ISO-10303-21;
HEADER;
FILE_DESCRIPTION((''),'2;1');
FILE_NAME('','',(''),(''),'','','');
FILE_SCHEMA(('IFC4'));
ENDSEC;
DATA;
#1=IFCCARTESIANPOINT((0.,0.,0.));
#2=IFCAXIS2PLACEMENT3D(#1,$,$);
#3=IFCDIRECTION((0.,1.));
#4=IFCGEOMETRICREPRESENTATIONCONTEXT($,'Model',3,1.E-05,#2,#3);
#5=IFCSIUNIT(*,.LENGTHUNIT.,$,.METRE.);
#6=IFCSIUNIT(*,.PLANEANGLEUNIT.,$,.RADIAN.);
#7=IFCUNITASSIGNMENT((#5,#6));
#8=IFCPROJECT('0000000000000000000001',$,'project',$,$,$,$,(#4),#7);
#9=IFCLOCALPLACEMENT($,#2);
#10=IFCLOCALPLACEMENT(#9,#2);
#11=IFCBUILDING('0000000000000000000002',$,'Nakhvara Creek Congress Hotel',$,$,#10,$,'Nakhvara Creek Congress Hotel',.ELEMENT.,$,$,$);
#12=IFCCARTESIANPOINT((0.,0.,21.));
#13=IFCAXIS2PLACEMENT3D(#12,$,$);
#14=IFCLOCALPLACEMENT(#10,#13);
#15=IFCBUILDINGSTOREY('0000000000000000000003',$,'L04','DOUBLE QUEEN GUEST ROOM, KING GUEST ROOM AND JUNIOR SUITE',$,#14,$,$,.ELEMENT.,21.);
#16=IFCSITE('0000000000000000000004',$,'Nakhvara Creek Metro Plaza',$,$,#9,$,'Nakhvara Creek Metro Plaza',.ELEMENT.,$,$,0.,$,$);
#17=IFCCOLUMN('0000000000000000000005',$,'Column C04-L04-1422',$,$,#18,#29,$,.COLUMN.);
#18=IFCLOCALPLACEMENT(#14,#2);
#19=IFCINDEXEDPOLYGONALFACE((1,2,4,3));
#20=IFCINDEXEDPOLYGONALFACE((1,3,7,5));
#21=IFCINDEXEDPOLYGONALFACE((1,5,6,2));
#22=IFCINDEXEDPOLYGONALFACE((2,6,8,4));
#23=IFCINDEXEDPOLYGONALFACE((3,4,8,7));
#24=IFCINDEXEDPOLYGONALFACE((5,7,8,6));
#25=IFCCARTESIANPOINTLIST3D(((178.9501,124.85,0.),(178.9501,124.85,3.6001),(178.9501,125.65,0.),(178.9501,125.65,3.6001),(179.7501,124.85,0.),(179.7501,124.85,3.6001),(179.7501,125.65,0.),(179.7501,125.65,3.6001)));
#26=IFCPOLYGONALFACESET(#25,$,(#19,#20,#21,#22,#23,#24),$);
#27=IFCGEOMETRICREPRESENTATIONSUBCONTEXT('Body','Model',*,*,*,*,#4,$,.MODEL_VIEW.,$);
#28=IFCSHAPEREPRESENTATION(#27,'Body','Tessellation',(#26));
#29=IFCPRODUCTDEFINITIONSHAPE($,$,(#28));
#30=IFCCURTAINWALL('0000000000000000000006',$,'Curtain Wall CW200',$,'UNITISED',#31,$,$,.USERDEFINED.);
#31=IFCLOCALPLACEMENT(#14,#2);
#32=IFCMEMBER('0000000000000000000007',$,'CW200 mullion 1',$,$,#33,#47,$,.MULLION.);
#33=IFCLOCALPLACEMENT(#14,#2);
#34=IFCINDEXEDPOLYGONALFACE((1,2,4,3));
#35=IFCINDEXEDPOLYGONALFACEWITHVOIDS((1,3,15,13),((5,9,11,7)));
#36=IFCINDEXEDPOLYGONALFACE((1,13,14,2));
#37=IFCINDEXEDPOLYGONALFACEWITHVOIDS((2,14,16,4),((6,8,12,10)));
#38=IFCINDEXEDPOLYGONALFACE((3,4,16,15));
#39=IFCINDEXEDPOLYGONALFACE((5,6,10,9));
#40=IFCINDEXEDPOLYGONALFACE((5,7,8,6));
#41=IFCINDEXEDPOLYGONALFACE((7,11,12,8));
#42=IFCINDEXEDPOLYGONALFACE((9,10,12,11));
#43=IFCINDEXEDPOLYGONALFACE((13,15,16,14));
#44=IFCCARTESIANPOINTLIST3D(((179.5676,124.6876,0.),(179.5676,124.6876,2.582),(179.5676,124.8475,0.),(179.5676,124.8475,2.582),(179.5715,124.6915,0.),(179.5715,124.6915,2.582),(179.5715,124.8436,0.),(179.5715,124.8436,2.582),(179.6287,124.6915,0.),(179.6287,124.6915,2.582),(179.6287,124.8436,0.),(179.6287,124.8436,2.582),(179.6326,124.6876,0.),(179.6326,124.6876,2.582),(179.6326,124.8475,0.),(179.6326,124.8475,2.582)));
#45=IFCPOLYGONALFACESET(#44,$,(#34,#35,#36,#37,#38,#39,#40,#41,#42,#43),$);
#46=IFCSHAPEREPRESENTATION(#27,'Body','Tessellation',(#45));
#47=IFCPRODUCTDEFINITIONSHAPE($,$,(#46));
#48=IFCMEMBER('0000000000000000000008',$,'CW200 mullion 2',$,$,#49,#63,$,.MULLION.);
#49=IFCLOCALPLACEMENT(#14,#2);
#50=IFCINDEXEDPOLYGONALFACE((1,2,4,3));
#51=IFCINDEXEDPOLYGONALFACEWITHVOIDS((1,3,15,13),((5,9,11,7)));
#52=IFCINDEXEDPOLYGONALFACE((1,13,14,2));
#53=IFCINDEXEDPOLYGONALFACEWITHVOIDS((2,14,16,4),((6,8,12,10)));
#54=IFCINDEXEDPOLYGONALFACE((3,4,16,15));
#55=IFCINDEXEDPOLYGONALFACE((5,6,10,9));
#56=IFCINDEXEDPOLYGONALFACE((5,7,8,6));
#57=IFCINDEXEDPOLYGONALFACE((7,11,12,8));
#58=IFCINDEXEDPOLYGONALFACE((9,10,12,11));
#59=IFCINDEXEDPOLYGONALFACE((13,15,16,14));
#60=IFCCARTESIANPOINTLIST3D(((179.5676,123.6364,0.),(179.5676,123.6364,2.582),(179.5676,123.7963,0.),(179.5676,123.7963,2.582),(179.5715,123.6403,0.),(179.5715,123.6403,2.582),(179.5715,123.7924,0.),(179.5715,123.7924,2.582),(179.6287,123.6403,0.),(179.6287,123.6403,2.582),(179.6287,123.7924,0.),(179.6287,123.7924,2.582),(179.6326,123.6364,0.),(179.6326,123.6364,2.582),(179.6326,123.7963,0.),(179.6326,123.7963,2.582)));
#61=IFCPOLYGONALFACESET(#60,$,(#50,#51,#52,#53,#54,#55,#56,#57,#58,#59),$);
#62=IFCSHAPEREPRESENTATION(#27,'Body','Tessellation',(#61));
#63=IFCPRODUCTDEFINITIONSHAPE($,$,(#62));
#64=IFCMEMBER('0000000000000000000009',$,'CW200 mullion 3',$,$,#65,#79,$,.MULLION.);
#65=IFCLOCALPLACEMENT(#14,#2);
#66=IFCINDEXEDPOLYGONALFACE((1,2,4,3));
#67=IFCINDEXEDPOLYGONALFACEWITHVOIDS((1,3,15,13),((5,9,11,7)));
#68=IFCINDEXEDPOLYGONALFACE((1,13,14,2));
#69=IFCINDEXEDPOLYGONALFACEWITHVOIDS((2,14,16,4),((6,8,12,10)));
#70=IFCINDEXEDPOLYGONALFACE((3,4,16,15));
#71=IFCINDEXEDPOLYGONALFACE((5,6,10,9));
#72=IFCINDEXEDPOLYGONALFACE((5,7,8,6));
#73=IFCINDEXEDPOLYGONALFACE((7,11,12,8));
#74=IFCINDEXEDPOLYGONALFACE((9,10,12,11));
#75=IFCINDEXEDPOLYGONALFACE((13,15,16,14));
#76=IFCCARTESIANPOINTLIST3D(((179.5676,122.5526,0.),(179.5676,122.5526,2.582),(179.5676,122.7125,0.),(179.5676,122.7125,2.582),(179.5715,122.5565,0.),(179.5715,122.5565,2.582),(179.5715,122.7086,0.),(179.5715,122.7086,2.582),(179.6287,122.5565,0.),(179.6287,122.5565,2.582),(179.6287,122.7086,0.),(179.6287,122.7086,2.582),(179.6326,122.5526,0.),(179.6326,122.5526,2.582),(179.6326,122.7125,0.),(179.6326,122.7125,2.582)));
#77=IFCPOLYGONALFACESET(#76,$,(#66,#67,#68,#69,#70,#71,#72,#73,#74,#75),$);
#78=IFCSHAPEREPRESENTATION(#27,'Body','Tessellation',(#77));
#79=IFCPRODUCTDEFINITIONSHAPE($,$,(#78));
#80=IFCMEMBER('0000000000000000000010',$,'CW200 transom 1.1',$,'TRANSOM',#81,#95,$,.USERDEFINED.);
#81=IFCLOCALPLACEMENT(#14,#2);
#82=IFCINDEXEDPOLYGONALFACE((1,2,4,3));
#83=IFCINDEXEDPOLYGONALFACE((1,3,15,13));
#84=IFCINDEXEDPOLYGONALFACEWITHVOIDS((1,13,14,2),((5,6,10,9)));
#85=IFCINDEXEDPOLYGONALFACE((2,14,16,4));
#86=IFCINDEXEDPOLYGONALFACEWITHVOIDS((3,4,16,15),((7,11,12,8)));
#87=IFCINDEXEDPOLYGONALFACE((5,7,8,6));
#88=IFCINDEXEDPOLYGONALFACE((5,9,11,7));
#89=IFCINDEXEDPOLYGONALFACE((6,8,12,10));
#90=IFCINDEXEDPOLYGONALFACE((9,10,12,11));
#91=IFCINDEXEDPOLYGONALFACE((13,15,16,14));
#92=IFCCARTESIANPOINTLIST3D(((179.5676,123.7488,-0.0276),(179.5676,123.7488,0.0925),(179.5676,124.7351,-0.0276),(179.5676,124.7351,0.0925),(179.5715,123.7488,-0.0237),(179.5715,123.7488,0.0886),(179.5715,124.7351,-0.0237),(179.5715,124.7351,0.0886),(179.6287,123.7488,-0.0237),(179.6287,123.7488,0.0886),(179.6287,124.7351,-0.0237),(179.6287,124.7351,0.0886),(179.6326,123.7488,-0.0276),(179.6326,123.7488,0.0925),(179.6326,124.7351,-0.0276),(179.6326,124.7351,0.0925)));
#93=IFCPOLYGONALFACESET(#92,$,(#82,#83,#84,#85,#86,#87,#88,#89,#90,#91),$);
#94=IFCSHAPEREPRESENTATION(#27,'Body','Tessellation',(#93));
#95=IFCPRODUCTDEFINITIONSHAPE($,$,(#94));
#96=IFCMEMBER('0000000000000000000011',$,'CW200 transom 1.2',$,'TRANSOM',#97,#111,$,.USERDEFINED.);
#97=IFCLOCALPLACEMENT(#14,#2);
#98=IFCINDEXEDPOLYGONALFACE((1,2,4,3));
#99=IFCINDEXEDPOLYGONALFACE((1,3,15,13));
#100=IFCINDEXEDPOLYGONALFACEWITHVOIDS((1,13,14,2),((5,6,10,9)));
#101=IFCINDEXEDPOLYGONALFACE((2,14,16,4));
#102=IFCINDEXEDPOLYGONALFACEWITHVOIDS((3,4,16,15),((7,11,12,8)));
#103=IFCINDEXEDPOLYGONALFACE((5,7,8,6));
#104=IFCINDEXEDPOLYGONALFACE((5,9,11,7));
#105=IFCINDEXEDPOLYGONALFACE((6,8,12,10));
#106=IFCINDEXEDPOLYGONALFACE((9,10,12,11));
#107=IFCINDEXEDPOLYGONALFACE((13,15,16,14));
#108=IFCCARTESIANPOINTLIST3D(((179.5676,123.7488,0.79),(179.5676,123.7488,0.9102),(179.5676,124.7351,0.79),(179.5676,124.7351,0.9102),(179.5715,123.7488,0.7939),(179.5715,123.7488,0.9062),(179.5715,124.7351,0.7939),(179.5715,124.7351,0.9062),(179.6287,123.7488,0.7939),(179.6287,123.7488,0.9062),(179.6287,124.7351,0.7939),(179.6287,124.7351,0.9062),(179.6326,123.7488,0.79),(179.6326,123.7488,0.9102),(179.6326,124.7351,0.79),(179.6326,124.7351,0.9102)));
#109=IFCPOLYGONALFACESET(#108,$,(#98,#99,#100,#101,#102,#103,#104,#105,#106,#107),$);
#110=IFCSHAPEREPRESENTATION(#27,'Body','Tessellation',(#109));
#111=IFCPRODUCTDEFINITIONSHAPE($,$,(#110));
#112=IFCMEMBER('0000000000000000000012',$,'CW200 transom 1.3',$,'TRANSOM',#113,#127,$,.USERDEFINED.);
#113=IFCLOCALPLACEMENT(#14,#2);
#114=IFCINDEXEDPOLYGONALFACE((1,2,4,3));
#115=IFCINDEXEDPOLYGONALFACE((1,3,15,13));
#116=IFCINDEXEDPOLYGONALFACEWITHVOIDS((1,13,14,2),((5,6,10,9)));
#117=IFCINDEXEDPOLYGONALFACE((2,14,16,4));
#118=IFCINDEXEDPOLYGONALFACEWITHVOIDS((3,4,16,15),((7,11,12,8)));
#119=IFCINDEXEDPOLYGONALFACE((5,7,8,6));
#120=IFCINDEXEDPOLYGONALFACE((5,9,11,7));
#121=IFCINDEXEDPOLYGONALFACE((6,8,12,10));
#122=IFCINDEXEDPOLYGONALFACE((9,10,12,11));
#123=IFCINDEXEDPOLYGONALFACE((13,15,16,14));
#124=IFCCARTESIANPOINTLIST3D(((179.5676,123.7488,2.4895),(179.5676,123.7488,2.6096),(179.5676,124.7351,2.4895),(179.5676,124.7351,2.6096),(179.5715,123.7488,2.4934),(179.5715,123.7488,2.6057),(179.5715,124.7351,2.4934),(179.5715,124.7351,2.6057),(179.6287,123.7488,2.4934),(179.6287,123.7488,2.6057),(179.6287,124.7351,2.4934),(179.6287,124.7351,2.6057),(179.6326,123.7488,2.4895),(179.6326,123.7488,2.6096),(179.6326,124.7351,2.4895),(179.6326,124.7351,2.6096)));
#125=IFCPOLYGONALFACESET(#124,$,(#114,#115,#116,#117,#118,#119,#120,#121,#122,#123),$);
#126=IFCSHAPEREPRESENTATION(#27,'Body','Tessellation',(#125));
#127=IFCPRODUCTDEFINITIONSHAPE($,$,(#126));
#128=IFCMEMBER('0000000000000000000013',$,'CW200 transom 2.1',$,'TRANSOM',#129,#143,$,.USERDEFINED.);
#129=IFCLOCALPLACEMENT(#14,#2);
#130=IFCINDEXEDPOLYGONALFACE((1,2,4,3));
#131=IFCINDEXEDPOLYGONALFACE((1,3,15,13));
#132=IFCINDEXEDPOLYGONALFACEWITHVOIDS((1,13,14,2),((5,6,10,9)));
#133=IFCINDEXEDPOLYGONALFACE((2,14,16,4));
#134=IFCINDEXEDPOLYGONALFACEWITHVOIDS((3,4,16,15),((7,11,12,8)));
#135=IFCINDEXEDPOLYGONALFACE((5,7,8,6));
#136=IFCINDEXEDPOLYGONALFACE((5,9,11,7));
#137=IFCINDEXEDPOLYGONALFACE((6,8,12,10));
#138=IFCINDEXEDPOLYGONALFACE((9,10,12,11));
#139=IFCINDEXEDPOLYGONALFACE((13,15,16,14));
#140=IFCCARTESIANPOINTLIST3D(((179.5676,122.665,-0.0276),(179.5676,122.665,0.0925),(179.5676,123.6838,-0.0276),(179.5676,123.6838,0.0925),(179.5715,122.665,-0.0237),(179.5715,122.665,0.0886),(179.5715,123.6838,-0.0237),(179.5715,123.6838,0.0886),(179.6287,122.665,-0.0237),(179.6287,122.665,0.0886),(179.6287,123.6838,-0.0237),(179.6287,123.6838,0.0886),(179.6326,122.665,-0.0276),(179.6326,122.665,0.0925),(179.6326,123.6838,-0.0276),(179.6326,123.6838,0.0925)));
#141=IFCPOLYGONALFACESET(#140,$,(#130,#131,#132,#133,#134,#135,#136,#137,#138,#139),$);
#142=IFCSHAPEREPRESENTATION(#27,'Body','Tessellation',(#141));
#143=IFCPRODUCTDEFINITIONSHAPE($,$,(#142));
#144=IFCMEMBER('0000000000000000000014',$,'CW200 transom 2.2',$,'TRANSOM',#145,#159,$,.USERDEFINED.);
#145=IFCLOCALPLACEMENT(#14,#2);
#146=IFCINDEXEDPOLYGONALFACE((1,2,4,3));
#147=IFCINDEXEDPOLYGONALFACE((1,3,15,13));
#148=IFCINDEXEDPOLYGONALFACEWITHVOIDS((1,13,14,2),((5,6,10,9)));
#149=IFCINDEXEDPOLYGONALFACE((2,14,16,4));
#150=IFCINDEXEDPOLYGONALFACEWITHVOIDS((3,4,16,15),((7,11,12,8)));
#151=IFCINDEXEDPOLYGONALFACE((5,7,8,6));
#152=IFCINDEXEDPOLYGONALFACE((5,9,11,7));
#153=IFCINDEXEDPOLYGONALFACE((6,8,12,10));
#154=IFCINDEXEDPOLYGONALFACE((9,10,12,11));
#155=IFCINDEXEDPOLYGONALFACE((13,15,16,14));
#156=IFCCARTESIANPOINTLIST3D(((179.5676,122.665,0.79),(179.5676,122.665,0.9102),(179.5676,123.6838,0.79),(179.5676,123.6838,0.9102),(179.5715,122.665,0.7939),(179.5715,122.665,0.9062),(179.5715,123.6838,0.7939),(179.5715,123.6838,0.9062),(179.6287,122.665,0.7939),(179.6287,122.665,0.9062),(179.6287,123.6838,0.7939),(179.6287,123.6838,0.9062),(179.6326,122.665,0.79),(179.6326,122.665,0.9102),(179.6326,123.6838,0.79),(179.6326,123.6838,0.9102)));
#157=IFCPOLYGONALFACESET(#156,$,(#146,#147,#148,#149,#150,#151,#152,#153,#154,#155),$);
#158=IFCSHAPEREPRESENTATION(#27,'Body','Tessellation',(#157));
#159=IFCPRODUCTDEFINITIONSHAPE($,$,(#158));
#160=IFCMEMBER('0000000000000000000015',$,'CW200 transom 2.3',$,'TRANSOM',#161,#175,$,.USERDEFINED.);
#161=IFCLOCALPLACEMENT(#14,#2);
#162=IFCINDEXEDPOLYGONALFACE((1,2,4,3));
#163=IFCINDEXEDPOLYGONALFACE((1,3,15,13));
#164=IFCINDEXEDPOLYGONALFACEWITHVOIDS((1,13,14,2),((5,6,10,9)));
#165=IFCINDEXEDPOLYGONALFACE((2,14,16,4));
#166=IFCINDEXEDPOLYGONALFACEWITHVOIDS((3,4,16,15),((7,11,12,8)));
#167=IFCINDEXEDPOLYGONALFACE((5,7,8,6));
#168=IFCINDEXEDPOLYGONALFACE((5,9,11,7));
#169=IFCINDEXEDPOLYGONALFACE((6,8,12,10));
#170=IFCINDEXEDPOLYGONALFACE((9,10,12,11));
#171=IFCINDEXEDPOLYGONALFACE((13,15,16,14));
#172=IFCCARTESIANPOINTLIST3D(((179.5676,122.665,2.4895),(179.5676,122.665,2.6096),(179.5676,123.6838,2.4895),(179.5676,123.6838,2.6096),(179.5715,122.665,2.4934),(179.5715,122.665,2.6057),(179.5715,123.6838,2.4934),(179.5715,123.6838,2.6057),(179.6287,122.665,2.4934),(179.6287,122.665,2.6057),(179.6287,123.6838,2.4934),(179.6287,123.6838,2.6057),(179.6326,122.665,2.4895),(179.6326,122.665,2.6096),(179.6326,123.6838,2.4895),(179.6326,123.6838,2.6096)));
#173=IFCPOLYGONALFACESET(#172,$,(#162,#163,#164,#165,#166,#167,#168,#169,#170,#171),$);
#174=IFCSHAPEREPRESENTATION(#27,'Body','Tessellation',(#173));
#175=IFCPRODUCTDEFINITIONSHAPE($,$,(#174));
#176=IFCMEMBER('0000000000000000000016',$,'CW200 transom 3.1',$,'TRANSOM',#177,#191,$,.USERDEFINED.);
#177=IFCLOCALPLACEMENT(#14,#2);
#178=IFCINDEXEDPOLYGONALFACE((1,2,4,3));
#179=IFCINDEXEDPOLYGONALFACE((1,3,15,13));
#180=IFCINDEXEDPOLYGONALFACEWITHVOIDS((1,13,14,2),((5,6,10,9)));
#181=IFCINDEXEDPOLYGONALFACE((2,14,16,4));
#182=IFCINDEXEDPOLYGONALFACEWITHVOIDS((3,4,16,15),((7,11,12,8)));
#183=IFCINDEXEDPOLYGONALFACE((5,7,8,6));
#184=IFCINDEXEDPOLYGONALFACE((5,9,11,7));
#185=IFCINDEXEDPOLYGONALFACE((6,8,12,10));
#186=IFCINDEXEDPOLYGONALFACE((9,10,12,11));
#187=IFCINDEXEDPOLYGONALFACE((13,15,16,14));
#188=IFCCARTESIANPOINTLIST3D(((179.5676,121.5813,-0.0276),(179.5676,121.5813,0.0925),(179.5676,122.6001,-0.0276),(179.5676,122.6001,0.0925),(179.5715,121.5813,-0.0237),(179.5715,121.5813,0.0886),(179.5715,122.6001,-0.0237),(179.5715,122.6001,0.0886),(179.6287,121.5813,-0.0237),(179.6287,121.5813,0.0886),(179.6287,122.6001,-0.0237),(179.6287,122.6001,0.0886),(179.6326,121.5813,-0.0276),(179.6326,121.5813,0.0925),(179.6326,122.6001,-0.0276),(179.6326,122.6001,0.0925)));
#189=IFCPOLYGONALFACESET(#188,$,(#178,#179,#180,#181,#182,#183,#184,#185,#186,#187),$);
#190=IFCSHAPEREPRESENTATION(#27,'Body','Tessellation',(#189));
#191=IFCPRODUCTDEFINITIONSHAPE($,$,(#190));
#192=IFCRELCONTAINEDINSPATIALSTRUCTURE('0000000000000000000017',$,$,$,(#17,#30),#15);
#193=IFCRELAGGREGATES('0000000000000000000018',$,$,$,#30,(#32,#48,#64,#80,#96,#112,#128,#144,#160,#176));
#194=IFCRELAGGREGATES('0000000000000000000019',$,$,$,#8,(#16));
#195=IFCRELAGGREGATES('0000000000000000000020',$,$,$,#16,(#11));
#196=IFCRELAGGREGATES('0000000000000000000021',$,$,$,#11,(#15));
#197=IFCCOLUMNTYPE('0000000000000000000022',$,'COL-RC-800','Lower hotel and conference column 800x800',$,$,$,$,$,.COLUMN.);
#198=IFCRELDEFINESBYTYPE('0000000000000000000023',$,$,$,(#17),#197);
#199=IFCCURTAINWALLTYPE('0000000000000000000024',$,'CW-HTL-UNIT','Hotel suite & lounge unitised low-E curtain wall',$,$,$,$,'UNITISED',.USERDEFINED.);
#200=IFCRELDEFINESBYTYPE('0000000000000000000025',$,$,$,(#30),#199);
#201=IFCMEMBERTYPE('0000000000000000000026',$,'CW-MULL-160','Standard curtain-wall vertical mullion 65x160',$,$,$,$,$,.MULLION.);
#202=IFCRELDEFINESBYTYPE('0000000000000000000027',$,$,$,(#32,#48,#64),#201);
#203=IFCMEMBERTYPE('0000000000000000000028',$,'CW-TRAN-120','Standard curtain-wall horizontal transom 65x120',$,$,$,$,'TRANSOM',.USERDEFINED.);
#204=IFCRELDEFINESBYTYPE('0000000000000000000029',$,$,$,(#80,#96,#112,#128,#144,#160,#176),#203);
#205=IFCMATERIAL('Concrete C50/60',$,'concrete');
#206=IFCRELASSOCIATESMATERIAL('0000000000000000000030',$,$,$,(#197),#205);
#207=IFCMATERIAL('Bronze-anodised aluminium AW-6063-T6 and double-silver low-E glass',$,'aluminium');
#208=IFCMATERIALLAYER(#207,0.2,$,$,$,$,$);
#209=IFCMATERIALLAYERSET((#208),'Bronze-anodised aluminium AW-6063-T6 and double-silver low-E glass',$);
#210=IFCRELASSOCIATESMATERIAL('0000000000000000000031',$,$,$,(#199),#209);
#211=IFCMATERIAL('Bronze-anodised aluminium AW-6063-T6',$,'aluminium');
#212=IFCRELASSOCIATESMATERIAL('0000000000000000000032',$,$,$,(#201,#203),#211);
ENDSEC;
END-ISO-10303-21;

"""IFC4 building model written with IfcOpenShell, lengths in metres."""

from ifc_helpers import new_model, si_unit, direction, frame, origin, origin_2d, place, context, subcontext, project, spatial, rectangle, hollow_rectangle, extrude, material, layer, layer_set, material_profile, profile_set, type_object, element, aggregate, save


model = new_model("IFC4")

# Units and contexts
model_context = context("Model", 3, precision=1e-05, world=origin(), true_north=direction((0.0, 1.0)))
body_context = subcontext(model_context, "Body", "Model", "MODEL_VIEW")
ifc_project = project(units=[si_unit("LENGTHUNIT", "METRE"), si_unit("PLANEANGLEUNIT", "RADIAN")], contexts=[model_context])

# Site, building, storey
site_placement = place(None, origin())
site = spatial("IfcSite", under=ifc_project, at=site_placement, Name="Nakhvara Creek Metro Plaza", LongName="Nakhvara Creek Metro Plaza", CompositionType="ELEMENT", RefElevation=0.0)
building_placement = place(site_placement, origin())
building = spatial("IfcBuilding", under=site, at=building_placement, Name="Nakhvara Creek Congress Hotel", LongName="Nakhvara Creek Congress Hotel", CompositionType="ELEMENT")
storey_placement = place(building_placement, frame((0.0, 0.0, 21.0)))
storey = spatial("IfcBuildingStorey", under=building, at=storey_placement, Name="L04", Description="DOUBLE QUEEN GUEST ROOM, KING GUEST ROOM AND JUNIOR SUITE", CompositionType="ELEMENT", Elevation=21.0)

# Column
ifc_material_1 = material(Name="Concrete C50/60", Category="concrete")
ifc_material_profile_1 = material_profile(ifc_material_1, rectangle(XDim=0.8, YDim=0.8, at=origin_2d()), Name="RC-COL 800x800", Category="LoadBearing")
ifc_profile_set_1 = profile_set([ifc_material_profile_1], Name="Concrete C50/60")
column_type = type_object("IfcColumnType", Name="COL-RC-800", Description="Lower hotel and conference column 800x800", PredefinedType="COLUMN", material=ifc_profile_set_1)
column_placement = place(storey_placement, frame((179.3501, 125.25, 0.0), z_axis=(0.0, 0.0, 1.0), x_axis=(1.0, 0.0, 0.0)))
element("IfcColumn", 1, at=column_placement, inside=storey, type_object=column_type, Name="Column C04-L04-1422", PredefinedType="COLUMN", context=body_context, shape_type="SweptSolid", body=[
    extrude(rectangle(XDim=0.8, YDim=0.8, at=origin_2d()), origin(), (0.0, 0.0, 1.0), 3.6001),
])

# Curtain wall, members
ifc_material_2 = material(Name="Bronze-anodised aluminium AW-6063-T6 and double-silver low-E glass", Category="aluminium")
ifc_layer_1 = layer(ifc_material_2, 0.2)
ifc_layer_set_1 = layer_set([ifc_layer_1], Name="Bronze-anodised aluminium AW-6063-T6 and double-silver low-E glass")
curtain_wall_type = type_object("IfcCurtainWallType", Name="CW-HTL-UNIT", Description="Hotel suite & lounge unitised low-E curtain wall", ElementType="UNITISED", PredefinedType="USERDEFINED", material=ifc_layer_set_1)
curtain_wall_placement = place(storey_placement, origin())
curtain_wall = element("IfcCurtainWall", 2, at=curtain_wall_placement, inside=storey, type_object=curtain_wall_type, Name="Curtain Wall CW200", ObjectType="UNITISED", PredefinedType="USERDEFINED")
ifc_material_3 = material(Name="Bronze-anodised aluminium AW-6063-T6", Category="aluminium")
ifc_material_profile_2 = material_profile(ifc_material_3, hollow_rectangle(XDim=0.0649, YDim=0.1599, WallThickness=0.0039, at=origin_2d()), Name="ALU-MULL 65x160x4", Category="LoadBearing")
ifc_profile_set_2 = profile_set([ifc_material_profile_2], Name="Bronze-anodised aluminium AW-6063-T6")
member_type_1 = type_object("IfcMemberType", Name="CW-MULL-160", Description="Standard curtain-wall vertical mullion 65x160", PredefinedType="MULLION", material=ifc_profile_set_2)
member_1_placement = place(storey_placement, frame((179.6001, 124.7676, 0.0), z_axis=(0.0, 0.0, 1.0), x_axis=(1.0, 0.0, 0.0)))
member_1 = element("IfcMember", 3, at=member_1_placement, type_object=member_type_1, Name="CW200 mullion 1", PredefinedType="MULLION", context=body_context, shape_type="SweptSolid", body=[
    extrude(hollow_rectangle(XDim=0.0649, YDim=0.1599, WallThickness=0.0039, at=origin_2d()), origin(), (0.0, 0.0, 1.0), 2.582),
])
member_2_placement = place(storey_placement, frame((179.6001, 123.7163, 0.0), z_axis=(0.0, 0.0, 1.0), x_axis=(1.0, 0.0, 0.0)))
member_2 = element("IfcMember", 4, at=member_2_placement, type_object=member_type_1, Name="CW200 mullion 2", PredefinedType="MULLION", context=body_context, shape_type="SweptSolid", body=[
    extrude(hollow_rectangle(XDim=0.0649, YDim=0.1599, WallThickness=0.0039, at=origin_2d()), origin(), (0.0, 0.0, 1.0), 2.582),
])
member_3_placement = place(storey_placement, frame((179.6001, 122.6326, 0.0), z_axis=(0.0, 0.0, 1.0), x_axis=(1.0, 0.0, 0.0)))
member_3 = element("IfcMember", 5, at=member_3_placement, type_object=member_type_1, Name="CW200 mullion 3", PredefinedType="MULLION", context=body_context, shape_type="SweptSolid", body=[
    extrude(hollow_rectangle(XDim=0.0649, YDim=0.1599, WallThickness=0.0039, at=origin_2d()), origin(), (0.0, 0.0, 1.0), 2.582),
])
ifc_material_profile_3 = material_profile(ifc_material_3, hollow_rectangle(XDim=0.0649, YDim=0.1201, WallThickness=0.0039, at=origin_2d()), Name="ALU-TRAN 65x120x4", Category="LoadBearing")
ifc_profile_set_3 = profile_set([ifc_material_profile_3], Name="Bronze-anodised aluminium AW-6063-T6")
member_type_2 = type_object("IfcMemberType", Name="CW-TRAN-120", Description="Standard curtain-wall horizontal transom 65x120", ElementType="TRANSOM", PredefinedType="USERDEFINED", material=ifc_profile_set_3)
member_4_placement = place(storey_placement, frame((179.6001, 124.7351, 0.0325), z_axis=(0.0, -1.0, 0.0), x_axis=(1.0, 0.0, 0.0)))
member_4 = element("IfcMember", 6, at=member_4_placement, type_object=member_type_2, Name="CW200 transom 1.1", ObjectType="TRANSOM", PredefinedType="USERDEFINED", context=body_context, shape_type="SweptSolid", body=[
    extrude(hollow_rectangle(XDim=0.0649, YDim=0.1201, WallThickness=0.0039, at=origin_2d()), origin(), (0.0, 0.0, 1.0), 0.9863),
])
member_5_placement = place(storey_placement, frame((179.6001, 124.7351, 0.8501), z_axis=(0.0, -1.0, 0.0), x_axis=(1.0, 0.0, 0.0)))
member_5 = element("IfcMember", 7, at=member_5_placement, type_object=member_type_2, Name="CW200 transom 1.2", ObjectType="TRANSOM", PredefinedType="USERDEFINED", context=body_context, shape_type="SweptSolid", body=[
    extrude(hollow_rectangle(XDim=0.0649, YDim=0.1201, WallThickness=0.0039, at=origin_2d()), origin(), (0.0, 0.0, 1.0), 0.9863),
])
member_6_placement = place(storey_placement, frame((179.6001, 124.7351, 2.5496), z_axis=(0.0, -1.0, 0.0), x_axis=(1.0, 0.0, 0.0)))
member_6 = element("IfcMember", 8, at=member_6_placement, type_object=member_type_2, Name="CW200 transom 1.3", ObjectType="TRANSOM", PredefinedType="USERDEFINED", context=body_context, shape_type="SweptSolid", body=[
    extrude(hollow_rectangle(XDim=0.0649, YDim=0.1201, WallThickness=0.0039, at=origin_2d()), origin(), (0.0, 0.0, 1.0), 0.9863),
])
member_7_placement = place(storey_placement, frame((179.6001, 123.6838, 0.0325), z_axis=(0.0, -1.0, 0.0), x_axis=(1.0, 0.0, 0.0)))
member_7 = element("IfcMember", 9, at=member_7_placement, type_object=member_type_2, Name="CW200 transom 2.1", ObjectType="TRANSOM", PredefinedType="USERDEFINED", context=body_context, shape_type="SweptSolid", body=[
    extrude(hollow_rectangle(XDim=0.0649, YDim=0.1201, WallThickness=0.0039, at=origin_2d()), origin(), (0.0, 0.0, 1.0), 1.0188),
])
member_8_placement = place(storey_placement, frame((179.6001, 123.6838, 0.8501), z_axis=(0.0, -1.0, 0.0), x_axis=(1.0, 0.0, 0.0)))
member_8 = element("IfcMember", 10, at=member_8_placement, type_object=member_type_2, Name="CW200 transom 2.2", ObjectType="TRANSOM", PredefinedType="USERDEFINED", context=body_context, shape_type="SweptSolid", body=[
    extrude(hollow_rectangle(XDim=0.0649, YDim=0.1201, WallThickness=0.0039, at=origin_2d()), origin(), (0.0, 0.0, 1.0), 1.0188),
])
member_9_placement = place(storey_placement, frame((179.6001, 123.6838, 2.5496), z_axis=(0.0, -1.0, 0.0), x_axis=(1.0, 0.0, 0.0)))
member_9 = element("IfcMember", 11, at=member_9_placement, type_object=member_type_2, Name="CW200 transom 2.3", ObjectType="TRANSOM", PredefinedType="USERDEFINED", context=body_context, shape_type="SweptSolid", body=[
    extrude(hollow_rectangle(XDim=0.0649, YDim=0.1201, WallThickness=0.0039, at=origin_2d()), origin(), (0.0, 0.0, 1.0), 1.0188),
])
member_10_placement = place(storey_placement, frame((179.6001, 122.6001, 0.0325), z_axis=(0.0, -1.0, 0.0), x_axis=(1.0, 0.0, 0.0)))
member_10 = element("IfcMember", 12, at=member_10_placement, type_object=member_type_2, Name="CW200 transom 3.1", ObjectType="TRANSOM", PredefinedType="USERDEFINED", context=body_context, shape_type="SweptSolid", body=[
    extrude(hollow_rectangle(XDim=0.0649, YDim=0.1201, WallThickness=0.0039, at=origin_2d()), origin(), (0.0, 0.0, 1.0), 1.0188),
])
aggregate(curtain_wall, [member_1, member_2, member_3, member_4, member_5, member_6, member_7, member_8, member_9, member_10])

save(model, "model.ifc")
